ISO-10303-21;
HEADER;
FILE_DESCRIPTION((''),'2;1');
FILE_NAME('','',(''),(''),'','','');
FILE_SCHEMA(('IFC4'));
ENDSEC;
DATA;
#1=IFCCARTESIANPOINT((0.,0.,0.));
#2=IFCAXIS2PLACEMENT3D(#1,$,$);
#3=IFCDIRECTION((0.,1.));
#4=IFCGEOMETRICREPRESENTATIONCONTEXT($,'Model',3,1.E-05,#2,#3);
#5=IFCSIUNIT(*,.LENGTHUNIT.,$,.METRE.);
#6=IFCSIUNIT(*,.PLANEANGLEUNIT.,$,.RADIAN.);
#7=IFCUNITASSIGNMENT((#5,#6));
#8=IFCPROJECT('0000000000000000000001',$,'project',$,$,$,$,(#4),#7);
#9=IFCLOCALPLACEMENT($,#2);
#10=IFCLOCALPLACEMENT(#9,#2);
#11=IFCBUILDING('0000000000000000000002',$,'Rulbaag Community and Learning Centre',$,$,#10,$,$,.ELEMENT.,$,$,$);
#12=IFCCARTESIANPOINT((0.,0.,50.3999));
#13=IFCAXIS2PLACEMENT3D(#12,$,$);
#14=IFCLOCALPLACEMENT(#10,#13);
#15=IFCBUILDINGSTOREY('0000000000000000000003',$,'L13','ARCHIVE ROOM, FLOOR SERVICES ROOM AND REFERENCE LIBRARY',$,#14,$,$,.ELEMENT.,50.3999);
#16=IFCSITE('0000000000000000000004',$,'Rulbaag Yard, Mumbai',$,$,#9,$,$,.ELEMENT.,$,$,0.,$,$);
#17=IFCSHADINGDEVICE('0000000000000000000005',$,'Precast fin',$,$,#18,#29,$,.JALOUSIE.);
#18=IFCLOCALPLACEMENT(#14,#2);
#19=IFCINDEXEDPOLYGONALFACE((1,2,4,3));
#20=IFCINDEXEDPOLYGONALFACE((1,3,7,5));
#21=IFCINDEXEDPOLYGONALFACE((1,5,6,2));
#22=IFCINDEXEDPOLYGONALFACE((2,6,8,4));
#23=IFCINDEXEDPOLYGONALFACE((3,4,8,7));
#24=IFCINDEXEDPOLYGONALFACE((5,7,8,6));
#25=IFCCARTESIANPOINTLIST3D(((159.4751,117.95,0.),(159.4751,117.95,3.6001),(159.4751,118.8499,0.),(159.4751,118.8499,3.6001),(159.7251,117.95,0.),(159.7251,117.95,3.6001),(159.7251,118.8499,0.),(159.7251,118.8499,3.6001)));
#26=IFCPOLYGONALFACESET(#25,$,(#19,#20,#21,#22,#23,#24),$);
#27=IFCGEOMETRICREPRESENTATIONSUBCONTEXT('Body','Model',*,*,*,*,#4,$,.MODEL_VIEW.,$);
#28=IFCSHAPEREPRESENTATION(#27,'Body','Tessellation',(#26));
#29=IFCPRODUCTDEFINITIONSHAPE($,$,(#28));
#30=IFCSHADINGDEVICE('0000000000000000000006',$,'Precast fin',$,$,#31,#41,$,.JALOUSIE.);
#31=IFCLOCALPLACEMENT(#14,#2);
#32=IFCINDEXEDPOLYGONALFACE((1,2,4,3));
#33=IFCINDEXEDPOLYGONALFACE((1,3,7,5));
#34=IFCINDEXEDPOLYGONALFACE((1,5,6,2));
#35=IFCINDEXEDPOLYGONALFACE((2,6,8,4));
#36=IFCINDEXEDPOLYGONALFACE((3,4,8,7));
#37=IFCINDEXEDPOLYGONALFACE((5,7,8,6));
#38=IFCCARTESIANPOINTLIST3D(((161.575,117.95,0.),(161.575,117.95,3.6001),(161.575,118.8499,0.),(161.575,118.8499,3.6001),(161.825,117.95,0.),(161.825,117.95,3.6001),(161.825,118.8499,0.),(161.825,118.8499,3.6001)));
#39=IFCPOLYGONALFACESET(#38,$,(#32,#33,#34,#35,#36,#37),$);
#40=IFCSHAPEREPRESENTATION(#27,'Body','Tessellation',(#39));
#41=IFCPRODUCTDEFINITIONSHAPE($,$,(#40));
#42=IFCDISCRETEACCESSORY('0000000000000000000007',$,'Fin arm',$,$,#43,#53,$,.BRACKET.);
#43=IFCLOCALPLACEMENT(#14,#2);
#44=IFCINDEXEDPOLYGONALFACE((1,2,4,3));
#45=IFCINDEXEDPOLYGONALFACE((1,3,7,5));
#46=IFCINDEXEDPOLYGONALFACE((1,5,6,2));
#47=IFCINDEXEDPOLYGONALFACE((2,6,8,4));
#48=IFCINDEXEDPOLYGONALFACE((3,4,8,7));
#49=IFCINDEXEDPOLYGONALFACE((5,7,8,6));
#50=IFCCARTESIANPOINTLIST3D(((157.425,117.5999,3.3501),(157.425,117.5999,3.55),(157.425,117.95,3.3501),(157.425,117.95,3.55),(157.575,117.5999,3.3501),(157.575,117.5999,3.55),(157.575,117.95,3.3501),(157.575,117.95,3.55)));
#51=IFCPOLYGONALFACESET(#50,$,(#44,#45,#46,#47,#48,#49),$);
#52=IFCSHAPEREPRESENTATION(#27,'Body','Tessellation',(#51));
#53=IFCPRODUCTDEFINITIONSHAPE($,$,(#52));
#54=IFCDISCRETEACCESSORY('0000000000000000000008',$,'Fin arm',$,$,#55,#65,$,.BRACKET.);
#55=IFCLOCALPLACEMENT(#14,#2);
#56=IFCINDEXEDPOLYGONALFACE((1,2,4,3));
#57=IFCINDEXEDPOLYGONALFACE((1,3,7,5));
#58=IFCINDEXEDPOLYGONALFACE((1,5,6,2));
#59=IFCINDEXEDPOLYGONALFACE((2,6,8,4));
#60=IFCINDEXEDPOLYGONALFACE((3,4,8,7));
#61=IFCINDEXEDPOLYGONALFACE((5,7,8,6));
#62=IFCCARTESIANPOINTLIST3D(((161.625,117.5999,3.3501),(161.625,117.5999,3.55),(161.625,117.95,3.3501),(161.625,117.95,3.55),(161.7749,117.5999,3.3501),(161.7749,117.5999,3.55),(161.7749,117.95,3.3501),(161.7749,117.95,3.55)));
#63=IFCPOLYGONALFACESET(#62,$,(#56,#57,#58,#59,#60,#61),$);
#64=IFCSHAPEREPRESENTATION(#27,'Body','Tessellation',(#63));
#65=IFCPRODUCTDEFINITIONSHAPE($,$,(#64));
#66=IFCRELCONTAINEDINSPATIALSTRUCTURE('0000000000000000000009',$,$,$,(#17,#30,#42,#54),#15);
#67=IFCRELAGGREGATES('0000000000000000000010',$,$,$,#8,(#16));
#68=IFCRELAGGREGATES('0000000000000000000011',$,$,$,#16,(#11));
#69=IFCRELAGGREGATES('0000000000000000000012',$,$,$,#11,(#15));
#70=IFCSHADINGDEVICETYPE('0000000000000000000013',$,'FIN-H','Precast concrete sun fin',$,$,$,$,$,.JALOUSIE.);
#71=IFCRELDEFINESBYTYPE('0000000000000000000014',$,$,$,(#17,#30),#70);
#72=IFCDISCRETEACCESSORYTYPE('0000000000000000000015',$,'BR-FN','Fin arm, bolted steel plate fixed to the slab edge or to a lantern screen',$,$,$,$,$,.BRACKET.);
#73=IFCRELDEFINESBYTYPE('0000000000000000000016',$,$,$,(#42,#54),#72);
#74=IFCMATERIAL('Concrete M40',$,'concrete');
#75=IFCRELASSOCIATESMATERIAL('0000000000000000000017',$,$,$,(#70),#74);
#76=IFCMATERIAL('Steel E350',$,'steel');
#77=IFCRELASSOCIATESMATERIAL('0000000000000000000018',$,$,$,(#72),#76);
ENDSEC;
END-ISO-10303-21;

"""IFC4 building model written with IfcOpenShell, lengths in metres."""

from ifc_helpers import new_model, si_unit, direction, frame, origin, origin_2d, place, context, subcontext, project, spatial, rectangle, extrude, material, material_profile, profile_set, type_object, element, save


model = new_model("IFC4")

# Units and contexts
model_context = context("Model", 3, precision=1e-05, world=origin(), true_north=direction((0.0, 1.0)))
body_context = subcontext(model_context, "Body", "Model", "MODEL_VIEW")
ifc_project = project(units=[si_unit("LENGTHUNIT", "METRE"), si_unit("PLANEANGLEUNIT", "RADIAN")], contexts=[model_context])

# Site, building, storey
site_placement = place(None, origin())
site = spatial("IfcSite", under=ifc_project, at=site_placement, Name="Rulbaag Yard, Mumbai", CompositionType="ELEMENT", RefElevation=0.0)
building_placement = place(site_placement, origin())
building = spatial("IfcBuilding", under=site, at=building_placement, Name="Rulbaag Community and Learning Centre", CompositionType="ELEMENT")
storey_placement = place(building_placement, frame((0.0, 0.0, 50.3999)))
storey = spatial("IfcBuildingStorey", under=building, at=storey_placement, Name="L13", Description="ARCHIVE ROOM, FLOOR SERVICES ROOM AND REFERENCE LIBRARY", CompositionType="ELEMENT", Elevation=50.3999)

# Shared definitions
ifc_material_1 = material(Name="Concrete M40", Category="concrete")

# Shading devices
ifc_material_profile_1 = material_profile(ifc_material_1, rectangle(XDim=0.25, YDim=0.8999, at=origin_2d()), Name="PC 250x900")
ifc_profile_set_1 = profile_set([ifc_material_profile_1], Name="Concrete M40")
shading_device_type = type_object("IfcShadingDeviceType", Name="FIN-H", Description="Precast concrete sun fin", PredefinedType="JALOUSIE", material=ifc_profile_set_1)
for number, where, z_axis, x_axis, name in (
    (1, (159.6001, 118.3999, 0.0), (0.0, 0.0, 1.0), (1.0, 0.0, 0.0), "Precast fin"),
    (2, (161.7, 118.3999, 0.0), (0.0, 0.0, 1.0), (1.0, 0.0, 0.0), "Precast fin"),
):
    element("IfcShadingDevice", number, at=place(storey_placement, frame(where, z_axis=z_axis, x_axis=x_axis)), inside=storey, type_object=shading_device_type, Name=name, PredefinedType="JALOUSIE", context=body_context, shape_type="SweptSolid", body=[
        extrude(rectangle(XDim=0.25, YDim=0.8999, at=origin_2d()), origin(), (0.0, 0.0, 1.0), 3.6001),
    ])

# Discrete accessories
ifc_material_2 = material(Name="Steel E350", Category="steel")
discrete_accessory_type = type_object("IfcDiscreteAccessoryType", Name="BR-FN", Description="Fin arm, bolted steel plate fixed to the slab edge or to a lantern screen", PredefinedType="BRACKET", material=ifc_material_2)
for number, where, z_axis, x_axis, name in (
    (3, (157.5, 117.7749, 3.3501), (0.0, 0.0, 1.0), (1.0, 0.0, 0.0), "Fin arm"),
    (4, (161.7, 117.7749, 3.3501), (0.0, 0.0, 1.0), (1.0, 0.0, 0.0), "Fin arm"),
):
    element("IfcDiscreteAccessory", number, at=place(storey_placement, frame(where, z_axis=z_axis, x_axis=x_axis)), inside=storey, type_object=discrete_accessory_type, Name=name, PredefinedType="BRACKET", context=body_context, shape_type="SweptSolid", body=[
        extrude(rectangle(XDim=0.1499, YDim=0.3501, at=origin_2d()), origin(), (0.0, 0.0, 1.0), 0.2),
    ])

save(model, "model.ifc")
